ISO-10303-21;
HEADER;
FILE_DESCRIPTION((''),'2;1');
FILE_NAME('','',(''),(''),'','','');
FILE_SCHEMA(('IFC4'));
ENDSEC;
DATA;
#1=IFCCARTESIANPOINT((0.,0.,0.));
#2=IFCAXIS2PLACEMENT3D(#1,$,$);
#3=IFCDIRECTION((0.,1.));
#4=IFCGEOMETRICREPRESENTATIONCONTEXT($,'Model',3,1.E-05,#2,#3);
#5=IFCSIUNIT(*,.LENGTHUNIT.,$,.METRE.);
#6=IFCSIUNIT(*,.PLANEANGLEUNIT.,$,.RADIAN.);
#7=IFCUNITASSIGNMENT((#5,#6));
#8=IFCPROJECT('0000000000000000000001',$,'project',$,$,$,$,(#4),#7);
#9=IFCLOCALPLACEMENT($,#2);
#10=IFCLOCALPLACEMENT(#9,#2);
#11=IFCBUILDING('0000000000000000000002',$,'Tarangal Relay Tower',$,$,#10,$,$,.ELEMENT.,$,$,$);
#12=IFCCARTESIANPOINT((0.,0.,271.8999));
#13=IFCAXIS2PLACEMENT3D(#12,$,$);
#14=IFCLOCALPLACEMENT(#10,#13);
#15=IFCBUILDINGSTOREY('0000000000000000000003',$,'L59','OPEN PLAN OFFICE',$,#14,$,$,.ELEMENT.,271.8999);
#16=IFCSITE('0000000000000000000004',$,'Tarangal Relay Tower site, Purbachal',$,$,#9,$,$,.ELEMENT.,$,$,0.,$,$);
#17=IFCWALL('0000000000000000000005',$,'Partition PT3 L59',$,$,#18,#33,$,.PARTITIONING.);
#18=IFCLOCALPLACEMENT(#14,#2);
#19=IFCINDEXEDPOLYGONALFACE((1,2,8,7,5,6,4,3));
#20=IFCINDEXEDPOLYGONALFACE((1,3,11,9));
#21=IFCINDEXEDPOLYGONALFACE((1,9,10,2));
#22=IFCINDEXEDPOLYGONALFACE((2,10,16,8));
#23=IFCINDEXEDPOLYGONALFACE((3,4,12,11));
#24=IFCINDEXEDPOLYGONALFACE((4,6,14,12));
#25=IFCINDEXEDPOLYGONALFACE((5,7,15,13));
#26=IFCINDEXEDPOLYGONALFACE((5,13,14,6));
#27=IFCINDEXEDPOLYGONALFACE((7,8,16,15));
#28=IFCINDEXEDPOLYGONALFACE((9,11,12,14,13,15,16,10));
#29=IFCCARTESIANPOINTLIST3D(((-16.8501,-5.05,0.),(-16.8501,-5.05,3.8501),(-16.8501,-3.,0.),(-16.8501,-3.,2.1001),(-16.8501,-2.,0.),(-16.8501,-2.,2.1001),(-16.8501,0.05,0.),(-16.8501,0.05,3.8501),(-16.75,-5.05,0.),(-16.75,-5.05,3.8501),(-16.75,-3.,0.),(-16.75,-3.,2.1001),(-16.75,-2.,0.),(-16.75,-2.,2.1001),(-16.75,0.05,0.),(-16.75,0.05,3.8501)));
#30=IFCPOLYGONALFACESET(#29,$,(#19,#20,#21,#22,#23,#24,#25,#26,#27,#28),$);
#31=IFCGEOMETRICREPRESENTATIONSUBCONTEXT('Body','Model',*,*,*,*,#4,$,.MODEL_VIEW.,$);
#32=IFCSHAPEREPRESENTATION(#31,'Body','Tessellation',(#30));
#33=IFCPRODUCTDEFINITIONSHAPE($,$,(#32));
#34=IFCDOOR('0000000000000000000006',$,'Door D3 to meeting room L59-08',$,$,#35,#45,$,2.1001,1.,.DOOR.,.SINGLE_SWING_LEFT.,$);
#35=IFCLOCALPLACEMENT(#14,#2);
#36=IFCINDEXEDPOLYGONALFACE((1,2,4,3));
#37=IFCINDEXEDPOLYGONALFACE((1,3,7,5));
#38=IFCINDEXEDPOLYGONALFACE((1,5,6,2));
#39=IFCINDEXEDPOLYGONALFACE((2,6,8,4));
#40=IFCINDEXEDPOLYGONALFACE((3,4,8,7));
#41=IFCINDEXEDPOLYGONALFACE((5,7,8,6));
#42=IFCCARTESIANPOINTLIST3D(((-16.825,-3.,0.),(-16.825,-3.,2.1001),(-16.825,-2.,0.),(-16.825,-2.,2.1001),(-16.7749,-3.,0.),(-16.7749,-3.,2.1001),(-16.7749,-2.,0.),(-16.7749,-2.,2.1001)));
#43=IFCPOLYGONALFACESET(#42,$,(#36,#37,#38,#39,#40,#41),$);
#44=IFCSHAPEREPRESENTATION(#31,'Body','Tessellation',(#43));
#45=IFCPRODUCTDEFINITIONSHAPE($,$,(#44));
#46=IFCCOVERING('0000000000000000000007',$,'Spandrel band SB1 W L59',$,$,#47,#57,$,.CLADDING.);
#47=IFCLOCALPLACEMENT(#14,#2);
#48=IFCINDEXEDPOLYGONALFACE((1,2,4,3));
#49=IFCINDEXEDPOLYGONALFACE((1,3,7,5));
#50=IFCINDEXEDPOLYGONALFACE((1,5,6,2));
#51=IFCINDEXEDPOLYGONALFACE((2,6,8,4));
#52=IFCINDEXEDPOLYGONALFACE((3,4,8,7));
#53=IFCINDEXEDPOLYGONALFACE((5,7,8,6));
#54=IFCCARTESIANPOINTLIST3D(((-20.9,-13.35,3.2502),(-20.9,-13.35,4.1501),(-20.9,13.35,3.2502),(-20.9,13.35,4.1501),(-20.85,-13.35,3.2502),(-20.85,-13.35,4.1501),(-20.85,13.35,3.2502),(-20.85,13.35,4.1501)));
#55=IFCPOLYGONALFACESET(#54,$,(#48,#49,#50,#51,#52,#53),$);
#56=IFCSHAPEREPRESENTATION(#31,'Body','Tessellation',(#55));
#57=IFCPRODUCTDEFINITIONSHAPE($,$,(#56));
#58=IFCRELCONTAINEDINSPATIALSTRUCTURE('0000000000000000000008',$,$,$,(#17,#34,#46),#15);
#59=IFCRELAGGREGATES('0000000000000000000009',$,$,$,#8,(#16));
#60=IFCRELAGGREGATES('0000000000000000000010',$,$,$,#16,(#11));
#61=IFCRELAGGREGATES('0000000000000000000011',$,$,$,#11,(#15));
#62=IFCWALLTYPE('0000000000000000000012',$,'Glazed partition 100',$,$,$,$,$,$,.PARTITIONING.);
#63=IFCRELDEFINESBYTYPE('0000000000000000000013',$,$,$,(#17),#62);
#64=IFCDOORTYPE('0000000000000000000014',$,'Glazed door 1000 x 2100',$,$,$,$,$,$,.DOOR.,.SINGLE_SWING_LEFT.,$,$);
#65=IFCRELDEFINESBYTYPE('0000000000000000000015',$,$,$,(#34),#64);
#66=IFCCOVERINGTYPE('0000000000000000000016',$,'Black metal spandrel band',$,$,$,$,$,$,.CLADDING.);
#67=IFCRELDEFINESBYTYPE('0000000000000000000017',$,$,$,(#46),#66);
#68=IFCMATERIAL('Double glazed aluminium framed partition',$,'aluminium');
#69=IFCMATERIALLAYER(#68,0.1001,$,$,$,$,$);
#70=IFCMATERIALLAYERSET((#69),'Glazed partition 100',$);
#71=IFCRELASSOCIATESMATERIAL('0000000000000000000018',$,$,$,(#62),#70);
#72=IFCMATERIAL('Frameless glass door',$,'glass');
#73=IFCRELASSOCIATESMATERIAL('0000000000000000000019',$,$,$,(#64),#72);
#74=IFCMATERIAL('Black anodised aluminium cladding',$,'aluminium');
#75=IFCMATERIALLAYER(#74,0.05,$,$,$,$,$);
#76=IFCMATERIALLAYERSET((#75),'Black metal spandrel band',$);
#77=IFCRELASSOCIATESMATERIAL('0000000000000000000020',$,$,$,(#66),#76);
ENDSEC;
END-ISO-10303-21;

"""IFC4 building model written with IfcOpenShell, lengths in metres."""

from ifc_helpers import new_model, si_unit, direction, frame, frame_2d, origin, origin_2d, place, context, subcontext, project, spatial, rectangle, extrude, material, layer, layer_set, type_object, element, fill, save


model = new_model("IFC4")

# Units and contexts
model_context = context("Model", 3, precision=1e-05, world=origin(), true_north=direction((0.0, 1.0)))
body_context = subcontext(model_context, "Body", "Model", "MODEL_VIEW")
ifc_project = project(units=[si_unit("LENGTHUNIT", "METRE"), si_unit("PLANEANGLEUNIT", "RADIAN")], contexts=[model_context])

# Site, building, storey
site_placement = place(None, origin())
site = spatial("IfcSite", under=ifc_project, at=site_placement, Name="Tarangal Relay Tower site, Purbachal", CompositionType="ELEMENT", RefElevation=0.0)
building_placement = place(site_placement, origin())
building = spatial("IfcBuilding", under=site, at=building_placement, Name="Tarangal Relay Tower", CompositionType="ELEMENT")
storey_placement = place(building_placement, frame((0.0, 0.0, 271.8999)))
storey = spatial("IfcBuildingStorey", under=building, at=storey_placement, Name="L59", Description="OPEN PLAN OFFICE", CompositionType="ELEMENT", Elevation=271.8999)

# Shared definitions
ifc_material_1 = material(Name="Double glazed aluminium framed partition", Category="aluminium")
ifc_layer_1 = layer(ifc_material_1, 0.1001)
ifc_layer_set_1 = layer_set([ifc_layer_1], Name="Glazed partition 100")
wall_type_1 = type_object("IfcWallType", Name="Glazed partition 100", PredefinedType="PARTITIONING", material=ifc_layer_set_1)

# Wall, opening, door
wall_1_placement = place(storey_placement, frame((-16.8, -5.05, 0.0), z_axis=(0.0, 0.0, 1.0), x_axis=(0.0, 1.0, 0.0)))
wall_1 = element("IfcWall", 1, at=wall_1_placement, inside=storey, type_object=wall_type_1, Name="Partition PT3 L59", PredefinedType="PARTITIONING", context=body_context, shape_type="SweptSolid", body=[
    extrude(rectangle(XDim=5.1001, YDim=0.1001, at=frame_2d((2.55, 0.0))), origin(), (0.0, 0.0, 1.0), 3.8501),
])
opening_placement = place(wall_1_placement, frame((2.05, 0.0, 0.0)))
opening = element("IfcOpeningElement", 2, at=opening_placement, cuts=wall_1, PredefinedType="OPENING", context=body_context, shape_type="SweptSolid", body=[
    extrude(rectangle(XDim=1.0, YDim=2.1001, at=frame_2d((0.5, 1.05))), frame((0.0, 0.0601, 0.0), z_axis=(0.0, -1.0, 0.0), x_axis=(1.0, 0.0, 0.0)), (0.0, 0.0, 1.0), 0.1201),
])
ifc_material_2 = material(Name="Frameless glass door", Category="glass")
door_type = type_object("IfcDoorType", Name="Glazed door 1000 x 2100", OperationType="SINGLE_SWING_LEFT", PredefinedType="DOOR", material=ifc_material_2)
door_placement = place(opening_placement, origin())
door = element("IfcDoor", 3, at=door_placement, inside=storey, type_object=door_type, Name="Door D3 to meeting room L59-08", OperationType="SINGLE_SWING_LEFT", OverallHeight=2.1001, OverallWidth=1.0, PredefinedType="DOOR", context=body_context, shape_type="SweptSolid", body=[
    extrude(rectangle(XDim=1.0, YDim=2.1001, at=frame_2d((0.5, 1.05))), frame((0.0, 0.0249, 0.0), z_axis=(0.0, -1.0, 0.0), x_axis=(1.0, 0.0, 0.0)), (0.0, 0.0, 1.0), 0.05),
])
fill(opening, door)

# Covering
ifc_material_3 = material(Name="Black anodised aluminium cladding", Category="aluminium")
ifc_layer_2 = layer(ifc_material_3, 0.05)
ifc_layer_set_2 = layer_set([ifc_layer_2], Name="Black metal spandrel band")
covering_type = type_object("IfcCoveringType", Name="Black metal spandrel band", PredefinedType="CLADDING", material=ifc_layer_set_2)
covering_placement = place(storey_placement, frame((-20.875, 0.0, 3.2502), z_axis=(0.0, 0.0, 1.0), x_axis=(0.0, 1.0, 0.0)))
element("IfcCovering", 4, at=covering_placement, inside=storey, type_object=covering_type, Name="Spandrel band SB1 W L59", PredefinedType="CLADDING", context=body_context, shape_type="SweptSolid", body=[
    extrude(rectangle(XDim=26.7, YDim=0.05, at=origin_2d()), origin(), (0.0, 0.0, 1.0), 0.8999),
])

save(model, "model.ifc")
